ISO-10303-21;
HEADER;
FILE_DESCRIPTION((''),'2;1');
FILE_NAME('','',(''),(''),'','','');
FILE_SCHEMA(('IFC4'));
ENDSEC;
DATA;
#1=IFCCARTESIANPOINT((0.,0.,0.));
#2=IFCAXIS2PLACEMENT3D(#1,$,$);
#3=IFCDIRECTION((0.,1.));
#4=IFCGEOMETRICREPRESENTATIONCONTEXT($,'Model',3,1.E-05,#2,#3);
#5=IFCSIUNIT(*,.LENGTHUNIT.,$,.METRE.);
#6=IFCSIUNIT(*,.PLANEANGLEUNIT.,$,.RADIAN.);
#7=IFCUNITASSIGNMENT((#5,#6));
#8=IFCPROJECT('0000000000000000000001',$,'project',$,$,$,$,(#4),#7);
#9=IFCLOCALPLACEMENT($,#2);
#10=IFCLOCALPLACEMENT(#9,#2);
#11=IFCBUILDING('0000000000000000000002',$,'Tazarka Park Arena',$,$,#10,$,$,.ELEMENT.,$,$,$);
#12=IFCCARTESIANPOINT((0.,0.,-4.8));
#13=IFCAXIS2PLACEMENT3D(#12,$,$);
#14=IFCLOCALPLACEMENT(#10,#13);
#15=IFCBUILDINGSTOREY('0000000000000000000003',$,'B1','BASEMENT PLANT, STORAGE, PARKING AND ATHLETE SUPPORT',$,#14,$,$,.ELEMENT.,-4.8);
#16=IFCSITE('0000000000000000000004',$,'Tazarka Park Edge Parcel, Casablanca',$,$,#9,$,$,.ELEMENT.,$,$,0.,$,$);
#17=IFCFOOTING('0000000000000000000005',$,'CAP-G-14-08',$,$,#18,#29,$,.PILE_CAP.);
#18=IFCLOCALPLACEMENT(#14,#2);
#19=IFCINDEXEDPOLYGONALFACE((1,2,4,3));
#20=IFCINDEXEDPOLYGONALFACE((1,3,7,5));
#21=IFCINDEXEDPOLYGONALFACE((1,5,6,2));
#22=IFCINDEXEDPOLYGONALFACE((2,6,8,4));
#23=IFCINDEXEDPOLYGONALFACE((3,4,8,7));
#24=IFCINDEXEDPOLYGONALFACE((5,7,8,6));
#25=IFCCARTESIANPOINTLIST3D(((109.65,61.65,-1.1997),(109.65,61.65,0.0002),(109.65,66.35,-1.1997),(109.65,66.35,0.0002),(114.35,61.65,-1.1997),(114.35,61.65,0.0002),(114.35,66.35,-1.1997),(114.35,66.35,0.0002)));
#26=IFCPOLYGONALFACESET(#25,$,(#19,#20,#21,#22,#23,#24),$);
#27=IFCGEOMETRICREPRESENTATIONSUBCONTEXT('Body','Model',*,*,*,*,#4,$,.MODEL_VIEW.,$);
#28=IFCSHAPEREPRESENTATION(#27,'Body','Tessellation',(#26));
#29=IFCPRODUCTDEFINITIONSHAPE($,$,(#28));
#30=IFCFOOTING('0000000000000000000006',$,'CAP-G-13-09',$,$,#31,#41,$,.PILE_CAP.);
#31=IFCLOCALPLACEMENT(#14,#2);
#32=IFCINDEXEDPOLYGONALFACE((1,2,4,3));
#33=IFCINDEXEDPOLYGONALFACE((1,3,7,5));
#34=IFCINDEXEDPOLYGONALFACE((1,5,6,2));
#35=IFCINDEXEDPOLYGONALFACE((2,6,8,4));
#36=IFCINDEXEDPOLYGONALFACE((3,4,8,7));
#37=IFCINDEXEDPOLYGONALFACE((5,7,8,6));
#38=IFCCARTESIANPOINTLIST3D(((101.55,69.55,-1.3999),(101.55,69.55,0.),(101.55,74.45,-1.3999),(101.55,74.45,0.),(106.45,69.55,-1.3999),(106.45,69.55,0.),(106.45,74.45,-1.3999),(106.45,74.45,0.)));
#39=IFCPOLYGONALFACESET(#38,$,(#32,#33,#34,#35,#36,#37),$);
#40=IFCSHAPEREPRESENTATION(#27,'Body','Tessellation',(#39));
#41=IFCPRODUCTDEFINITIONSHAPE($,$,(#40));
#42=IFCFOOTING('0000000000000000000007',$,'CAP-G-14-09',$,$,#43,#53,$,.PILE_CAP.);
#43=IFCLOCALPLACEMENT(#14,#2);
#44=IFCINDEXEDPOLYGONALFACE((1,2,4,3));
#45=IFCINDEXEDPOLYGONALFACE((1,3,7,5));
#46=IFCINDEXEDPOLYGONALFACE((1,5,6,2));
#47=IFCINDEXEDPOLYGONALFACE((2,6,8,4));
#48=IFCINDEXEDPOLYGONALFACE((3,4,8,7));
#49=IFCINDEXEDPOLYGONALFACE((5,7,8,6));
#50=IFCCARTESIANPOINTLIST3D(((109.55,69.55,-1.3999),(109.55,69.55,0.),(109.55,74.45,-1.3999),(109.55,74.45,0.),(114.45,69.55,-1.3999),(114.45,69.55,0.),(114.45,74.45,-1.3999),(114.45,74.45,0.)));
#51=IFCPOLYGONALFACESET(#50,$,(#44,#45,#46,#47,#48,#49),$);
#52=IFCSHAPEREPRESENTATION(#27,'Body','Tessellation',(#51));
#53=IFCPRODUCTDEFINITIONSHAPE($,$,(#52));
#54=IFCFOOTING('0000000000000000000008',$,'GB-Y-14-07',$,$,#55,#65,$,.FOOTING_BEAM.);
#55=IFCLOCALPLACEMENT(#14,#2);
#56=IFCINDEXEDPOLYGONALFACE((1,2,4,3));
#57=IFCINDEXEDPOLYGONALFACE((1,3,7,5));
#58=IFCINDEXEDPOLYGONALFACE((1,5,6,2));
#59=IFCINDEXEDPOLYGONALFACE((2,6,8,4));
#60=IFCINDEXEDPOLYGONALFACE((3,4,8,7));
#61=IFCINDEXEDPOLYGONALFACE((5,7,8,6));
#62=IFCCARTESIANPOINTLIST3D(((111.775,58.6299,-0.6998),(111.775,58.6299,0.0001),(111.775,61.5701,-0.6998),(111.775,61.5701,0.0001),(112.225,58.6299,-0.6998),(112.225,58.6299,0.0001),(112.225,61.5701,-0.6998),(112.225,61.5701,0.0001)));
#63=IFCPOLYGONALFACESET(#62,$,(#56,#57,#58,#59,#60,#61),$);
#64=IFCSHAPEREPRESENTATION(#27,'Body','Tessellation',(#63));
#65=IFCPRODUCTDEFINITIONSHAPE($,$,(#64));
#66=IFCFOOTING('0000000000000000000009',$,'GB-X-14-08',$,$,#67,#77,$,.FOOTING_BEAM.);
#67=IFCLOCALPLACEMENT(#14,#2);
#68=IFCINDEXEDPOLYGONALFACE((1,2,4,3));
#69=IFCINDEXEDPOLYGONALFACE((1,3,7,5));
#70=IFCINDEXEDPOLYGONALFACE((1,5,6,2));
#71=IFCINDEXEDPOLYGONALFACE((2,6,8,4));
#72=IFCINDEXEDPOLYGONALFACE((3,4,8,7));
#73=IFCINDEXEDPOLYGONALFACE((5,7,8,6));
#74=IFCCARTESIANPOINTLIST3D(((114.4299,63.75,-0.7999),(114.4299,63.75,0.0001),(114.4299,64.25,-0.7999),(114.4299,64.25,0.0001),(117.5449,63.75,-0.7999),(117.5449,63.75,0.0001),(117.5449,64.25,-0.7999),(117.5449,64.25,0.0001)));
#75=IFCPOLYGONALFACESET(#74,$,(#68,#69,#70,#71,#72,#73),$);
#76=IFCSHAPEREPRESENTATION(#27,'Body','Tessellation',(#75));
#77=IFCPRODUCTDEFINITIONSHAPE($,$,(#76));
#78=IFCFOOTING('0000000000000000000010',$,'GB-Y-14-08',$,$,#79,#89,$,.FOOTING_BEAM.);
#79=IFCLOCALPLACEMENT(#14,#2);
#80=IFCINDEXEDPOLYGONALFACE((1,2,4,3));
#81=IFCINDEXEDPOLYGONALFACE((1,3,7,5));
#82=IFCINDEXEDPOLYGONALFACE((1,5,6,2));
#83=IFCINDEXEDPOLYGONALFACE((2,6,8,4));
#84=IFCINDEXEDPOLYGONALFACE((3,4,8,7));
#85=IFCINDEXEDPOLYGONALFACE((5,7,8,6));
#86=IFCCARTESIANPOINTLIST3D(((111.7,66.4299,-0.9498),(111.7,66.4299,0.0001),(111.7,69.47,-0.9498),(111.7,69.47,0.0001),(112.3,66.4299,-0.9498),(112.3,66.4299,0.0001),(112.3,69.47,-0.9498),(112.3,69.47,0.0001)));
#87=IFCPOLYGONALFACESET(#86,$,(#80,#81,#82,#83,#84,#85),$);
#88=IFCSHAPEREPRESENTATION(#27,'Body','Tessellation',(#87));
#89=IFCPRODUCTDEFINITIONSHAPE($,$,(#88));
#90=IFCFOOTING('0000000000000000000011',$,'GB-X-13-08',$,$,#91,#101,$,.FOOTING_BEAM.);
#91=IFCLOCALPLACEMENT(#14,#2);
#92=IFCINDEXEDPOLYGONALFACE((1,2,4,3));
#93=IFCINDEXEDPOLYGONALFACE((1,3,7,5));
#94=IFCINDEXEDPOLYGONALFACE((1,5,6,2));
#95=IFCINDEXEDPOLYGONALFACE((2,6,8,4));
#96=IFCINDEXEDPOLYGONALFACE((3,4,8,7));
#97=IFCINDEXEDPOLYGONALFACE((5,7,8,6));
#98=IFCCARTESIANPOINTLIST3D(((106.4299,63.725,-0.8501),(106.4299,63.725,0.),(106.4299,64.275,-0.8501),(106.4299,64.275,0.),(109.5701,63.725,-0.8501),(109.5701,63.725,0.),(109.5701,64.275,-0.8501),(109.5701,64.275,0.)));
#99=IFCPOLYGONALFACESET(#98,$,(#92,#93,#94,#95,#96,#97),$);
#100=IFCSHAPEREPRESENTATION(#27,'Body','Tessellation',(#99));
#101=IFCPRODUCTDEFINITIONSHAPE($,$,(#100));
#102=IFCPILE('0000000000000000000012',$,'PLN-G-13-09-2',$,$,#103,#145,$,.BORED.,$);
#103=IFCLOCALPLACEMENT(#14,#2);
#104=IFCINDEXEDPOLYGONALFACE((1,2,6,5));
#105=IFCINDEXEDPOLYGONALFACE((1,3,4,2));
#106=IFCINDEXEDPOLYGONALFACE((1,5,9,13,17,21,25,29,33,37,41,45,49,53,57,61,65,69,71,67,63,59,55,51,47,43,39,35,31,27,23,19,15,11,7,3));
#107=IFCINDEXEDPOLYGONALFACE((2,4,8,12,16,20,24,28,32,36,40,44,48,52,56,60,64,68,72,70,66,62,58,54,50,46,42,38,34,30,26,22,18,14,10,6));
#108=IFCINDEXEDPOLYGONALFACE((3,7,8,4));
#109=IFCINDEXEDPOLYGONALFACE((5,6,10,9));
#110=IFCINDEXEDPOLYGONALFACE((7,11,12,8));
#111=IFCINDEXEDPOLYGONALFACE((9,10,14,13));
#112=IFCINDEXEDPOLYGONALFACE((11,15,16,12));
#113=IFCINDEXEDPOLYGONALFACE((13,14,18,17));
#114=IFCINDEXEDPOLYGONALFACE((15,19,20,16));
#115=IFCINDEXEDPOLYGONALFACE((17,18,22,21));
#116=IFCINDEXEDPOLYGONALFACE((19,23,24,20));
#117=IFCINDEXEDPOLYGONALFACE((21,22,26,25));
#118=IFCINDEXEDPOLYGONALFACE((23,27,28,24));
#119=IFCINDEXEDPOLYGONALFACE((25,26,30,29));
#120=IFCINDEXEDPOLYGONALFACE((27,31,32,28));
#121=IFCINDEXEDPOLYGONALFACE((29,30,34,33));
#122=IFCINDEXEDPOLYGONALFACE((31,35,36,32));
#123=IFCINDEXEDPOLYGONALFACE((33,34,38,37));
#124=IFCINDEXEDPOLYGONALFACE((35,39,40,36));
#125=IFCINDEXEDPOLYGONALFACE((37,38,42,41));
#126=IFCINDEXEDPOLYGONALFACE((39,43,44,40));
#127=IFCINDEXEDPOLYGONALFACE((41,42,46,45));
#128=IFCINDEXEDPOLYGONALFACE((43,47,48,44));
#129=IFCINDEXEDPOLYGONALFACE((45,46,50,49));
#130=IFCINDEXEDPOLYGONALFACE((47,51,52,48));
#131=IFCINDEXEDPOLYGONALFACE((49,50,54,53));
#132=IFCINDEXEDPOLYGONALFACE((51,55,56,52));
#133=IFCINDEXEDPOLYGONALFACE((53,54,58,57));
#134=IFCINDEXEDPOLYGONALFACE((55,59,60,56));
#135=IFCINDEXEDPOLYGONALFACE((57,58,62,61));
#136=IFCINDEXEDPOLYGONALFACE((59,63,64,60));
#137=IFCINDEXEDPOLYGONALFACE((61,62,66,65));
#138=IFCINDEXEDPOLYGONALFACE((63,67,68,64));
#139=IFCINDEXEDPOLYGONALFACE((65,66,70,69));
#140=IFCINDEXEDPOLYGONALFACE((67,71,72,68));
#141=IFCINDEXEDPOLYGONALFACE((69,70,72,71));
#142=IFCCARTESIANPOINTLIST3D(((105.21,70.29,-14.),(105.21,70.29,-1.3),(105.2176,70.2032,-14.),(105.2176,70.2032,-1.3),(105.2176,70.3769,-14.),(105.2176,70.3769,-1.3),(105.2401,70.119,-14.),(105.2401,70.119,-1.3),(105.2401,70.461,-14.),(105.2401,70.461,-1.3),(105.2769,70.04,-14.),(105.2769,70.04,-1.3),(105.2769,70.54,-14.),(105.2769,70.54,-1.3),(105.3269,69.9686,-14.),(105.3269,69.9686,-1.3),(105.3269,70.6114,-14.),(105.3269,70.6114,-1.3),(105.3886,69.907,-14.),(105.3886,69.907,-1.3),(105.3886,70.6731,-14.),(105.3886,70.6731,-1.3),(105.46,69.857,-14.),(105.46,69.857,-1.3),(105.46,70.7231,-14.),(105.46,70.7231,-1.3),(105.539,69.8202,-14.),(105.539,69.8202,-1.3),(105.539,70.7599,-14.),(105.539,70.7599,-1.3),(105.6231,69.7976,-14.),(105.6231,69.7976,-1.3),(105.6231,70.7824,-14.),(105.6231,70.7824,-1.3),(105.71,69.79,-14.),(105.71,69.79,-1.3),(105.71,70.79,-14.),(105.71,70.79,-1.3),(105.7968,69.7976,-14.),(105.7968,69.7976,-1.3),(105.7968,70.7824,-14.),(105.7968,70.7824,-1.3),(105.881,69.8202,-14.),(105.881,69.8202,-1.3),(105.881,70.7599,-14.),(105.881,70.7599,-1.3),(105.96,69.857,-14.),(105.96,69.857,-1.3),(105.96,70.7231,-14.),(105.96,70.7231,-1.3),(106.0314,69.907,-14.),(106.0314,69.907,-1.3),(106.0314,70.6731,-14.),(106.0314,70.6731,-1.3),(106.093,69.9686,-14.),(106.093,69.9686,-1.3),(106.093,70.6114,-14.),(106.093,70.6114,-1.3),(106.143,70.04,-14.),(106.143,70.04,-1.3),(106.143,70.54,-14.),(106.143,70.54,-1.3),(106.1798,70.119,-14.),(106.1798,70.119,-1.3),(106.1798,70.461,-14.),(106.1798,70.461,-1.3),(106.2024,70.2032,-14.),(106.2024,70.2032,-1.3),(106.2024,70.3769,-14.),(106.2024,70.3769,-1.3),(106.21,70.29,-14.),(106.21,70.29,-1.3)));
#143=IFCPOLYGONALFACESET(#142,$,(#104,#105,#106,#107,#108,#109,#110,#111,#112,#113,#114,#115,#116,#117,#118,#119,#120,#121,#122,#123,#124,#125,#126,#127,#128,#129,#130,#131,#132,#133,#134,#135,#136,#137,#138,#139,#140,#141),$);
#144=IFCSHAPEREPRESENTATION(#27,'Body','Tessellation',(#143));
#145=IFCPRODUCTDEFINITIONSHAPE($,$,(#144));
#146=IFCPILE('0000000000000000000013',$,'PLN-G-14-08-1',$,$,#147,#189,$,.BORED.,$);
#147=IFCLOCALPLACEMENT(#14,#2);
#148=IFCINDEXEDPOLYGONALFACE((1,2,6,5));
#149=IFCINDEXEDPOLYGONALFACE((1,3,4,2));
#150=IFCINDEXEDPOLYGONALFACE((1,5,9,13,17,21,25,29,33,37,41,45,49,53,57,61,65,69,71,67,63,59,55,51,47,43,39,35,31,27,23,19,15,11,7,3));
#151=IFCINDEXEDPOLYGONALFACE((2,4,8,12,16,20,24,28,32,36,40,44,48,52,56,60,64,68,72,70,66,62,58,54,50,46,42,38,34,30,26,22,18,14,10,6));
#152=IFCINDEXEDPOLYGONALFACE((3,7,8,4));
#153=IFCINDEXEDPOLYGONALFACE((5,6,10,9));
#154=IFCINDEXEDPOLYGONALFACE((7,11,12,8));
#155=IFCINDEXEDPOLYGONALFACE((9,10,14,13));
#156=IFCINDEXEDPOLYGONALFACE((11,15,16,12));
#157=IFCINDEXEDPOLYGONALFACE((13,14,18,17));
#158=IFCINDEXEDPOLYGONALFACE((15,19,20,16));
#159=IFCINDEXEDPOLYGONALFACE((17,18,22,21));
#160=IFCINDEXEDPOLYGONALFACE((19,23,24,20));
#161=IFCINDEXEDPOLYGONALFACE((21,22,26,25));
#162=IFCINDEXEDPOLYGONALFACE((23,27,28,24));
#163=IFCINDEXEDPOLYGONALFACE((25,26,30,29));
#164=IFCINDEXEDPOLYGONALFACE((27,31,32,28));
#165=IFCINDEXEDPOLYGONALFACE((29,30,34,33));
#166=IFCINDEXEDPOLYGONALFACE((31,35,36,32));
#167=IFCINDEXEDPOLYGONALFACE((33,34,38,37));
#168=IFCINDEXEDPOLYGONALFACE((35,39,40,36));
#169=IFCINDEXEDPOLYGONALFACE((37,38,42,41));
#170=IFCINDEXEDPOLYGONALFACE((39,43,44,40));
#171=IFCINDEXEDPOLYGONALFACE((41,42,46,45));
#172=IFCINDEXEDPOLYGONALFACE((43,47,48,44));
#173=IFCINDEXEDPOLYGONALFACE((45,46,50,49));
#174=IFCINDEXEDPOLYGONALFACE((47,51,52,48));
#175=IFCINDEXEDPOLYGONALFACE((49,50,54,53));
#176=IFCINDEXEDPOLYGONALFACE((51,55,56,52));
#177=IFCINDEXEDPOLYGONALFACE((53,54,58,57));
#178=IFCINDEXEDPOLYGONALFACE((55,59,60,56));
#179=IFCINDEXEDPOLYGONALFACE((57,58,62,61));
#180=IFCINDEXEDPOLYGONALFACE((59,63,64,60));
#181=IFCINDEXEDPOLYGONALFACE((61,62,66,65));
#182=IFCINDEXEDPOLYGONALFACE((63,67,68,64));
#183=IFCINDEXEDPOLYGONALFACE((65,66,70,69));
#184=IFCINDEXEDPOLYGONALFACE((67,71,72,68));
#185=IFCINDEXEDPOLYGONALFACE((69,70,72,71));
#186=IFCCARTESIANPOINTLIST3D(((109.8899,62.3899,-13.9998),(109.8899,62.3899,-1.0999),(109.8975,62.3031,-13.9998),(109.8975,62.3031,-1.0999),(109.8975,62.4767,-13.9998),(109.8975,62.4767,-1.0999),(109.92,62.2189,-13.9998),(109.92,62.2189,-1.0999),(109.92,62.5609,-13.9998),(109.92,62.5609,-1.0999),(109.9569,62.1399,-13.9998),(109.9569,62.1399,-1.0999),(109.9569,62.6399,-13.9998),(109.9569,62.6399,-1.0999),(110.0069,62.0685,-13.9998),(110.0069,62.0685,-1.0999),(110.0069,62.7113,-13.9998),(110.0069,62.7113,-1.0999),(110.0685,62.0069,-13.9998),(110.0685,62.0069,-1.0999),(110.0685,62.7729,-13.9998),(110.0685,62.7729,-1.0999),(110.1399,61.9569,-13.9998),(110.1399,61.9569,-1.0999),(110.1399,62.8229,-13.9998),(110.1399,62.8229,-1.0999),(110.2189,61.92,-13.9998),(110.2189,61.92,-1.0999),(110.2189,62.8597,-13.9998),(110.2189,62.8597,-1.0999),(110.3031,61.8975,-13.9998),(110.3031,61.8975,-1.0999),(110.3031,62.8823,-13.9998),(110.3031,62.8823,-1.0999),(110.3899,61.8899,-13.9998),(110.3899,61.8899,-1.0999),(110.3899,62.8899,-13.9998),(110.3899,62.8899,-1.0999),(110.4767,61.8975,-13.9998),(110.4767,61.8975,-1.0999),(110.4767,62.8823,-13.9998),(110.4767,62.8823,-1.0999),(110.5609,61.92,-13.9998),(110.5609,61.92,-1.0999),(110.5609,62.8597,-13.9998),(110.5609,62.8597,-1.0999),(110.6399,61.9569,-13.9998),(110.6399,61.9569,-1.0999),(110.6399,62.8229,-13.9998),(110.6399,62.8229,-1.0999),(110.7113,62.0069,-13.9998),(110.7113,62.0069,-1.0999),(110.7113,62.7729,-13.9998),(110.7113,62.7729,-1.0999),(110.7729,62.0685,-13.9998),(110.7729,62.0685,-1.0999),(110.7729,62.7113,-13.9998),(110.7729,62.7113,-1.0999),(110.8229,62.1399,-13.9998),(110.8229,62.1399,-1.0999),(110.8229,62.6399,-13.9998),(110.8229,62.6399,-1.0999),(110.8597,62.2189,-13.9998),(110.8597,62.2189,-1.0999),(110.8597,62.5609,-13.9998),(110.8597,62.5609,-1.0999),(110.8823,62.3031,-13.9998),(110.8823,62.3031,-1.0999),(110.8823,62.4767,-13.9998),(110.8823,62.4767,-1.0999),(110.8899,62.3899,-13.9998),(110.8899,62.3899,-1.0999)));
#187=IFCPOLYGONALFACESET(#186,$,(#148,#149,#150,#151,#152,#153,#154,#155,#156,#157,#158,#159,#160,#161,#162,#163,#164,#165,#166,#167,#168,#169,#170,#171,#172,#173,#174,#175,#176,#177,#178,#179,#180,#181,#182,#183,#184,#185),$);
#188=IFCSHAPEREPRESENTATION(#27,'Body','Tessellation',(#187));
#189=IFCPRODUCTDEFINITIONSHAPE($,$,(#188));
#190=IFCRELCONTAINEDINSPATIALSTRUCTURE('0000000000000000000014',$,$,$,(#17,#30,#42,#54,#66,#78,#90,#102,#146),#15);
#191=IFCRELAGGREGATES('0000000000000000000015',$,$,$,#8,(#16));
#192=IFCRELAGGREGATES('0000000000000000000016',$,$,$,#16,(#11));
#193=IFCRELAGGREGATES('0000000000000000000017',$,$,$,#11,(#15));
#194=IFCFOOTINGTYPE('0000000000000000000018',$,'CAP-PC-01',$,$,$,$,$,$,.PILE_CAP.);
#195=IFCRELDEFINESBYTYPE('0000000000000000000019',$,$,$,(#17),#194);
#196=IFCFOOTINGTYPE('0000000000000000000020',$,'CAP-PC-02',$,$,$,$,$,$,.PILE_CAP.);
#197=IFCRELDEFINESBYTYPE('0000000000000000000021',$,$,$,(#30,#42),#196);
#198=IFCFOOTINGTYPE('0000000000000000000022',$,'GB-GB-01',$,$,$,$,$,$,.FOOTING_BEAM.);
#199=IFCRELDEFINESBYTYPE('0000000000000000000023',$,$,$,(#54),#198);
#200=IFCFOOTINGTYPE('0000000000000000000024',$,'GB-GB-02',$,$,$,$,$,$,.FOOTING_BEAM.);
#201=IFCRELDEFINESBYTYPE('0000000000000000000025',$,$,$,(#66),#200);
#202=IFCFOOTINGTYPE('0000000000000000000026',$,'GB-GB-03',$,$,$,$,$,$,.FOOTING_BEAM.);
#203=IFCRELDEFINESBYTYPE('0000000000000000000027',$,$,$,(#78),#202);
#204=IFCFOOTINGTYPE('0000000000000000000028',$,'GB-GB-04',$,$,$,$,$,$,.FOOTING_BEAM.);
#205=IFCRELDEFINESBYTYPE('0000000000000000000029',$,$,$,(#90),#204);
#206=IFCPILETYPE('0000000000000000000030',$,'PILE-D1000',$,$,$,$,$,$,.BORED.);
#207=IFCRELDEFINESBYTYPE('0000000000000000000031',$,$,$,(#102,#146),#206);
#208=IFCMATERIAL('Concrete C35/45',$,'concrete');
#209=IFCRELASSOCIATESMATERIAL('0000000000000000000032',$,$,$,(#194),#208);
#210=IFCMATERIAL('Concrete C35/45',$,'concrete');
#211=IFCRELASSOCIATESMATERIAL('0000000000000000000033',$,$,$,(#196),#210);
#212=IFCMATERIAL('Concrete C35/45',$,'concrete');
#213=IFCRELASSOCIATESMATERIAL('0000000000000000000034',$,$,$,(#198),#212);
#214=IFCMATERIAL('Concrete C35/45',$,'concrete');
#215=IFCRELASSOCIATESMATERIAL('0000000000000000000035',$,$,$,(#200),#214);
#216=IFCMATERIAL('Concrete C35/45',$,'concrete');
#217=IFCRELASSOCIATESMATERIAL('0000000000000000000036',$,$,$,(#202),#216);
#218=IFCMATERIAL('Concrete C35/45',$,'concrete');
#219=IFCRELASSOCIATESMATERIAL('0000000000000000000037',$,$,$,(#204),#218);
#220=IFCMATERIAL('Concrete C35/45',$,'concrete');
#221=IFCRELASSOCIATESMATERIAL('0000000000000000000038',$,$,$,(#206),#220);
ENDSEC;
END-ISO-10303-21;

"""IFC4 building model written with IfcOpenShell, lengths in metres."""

from ifc_helpers import new_model, si_unit, direction, frame, origin, origin_2d, place, context, subcontext, project, spatial, rectangle, circle, extrude, material, material_profile, profile_set, type_object, element, save


model = new_model("IFC4")

# Units and contexts
model_context = context("Model", 3, precision=1e-05, world=origin(), true_north=direction((0.0, 1.0)))
body_context = subcontext(model_context, "Body", "Model", "MODEL_VIEW")
ifc_project = project(units=[si_unit("LENGTHUNIT", "METRE"), si_unit("PLANEANGLEUNIT", "RADIAN")], contexts=[model_context])

# Site, building, storey
site_placement = place(None, origin())
site = spatial("IfcSite", under=ifc_project, at=site_placement, Name="Tazarka Park Edge Parcel, Casablanca", CompositionType="ELEMENT", RefElevation=0.0)
building_placement = place(site_placement, origin())
building = spatial("IfcBuilding", under=site, at=building_placement, Name="Tazarka Park Arena", CompositionType="ELEMENT")
storey_placement = place(building_placement, frame((0.0, 0.0, -4.8)))
storey = spatial("IfcBuildingStorey", under=building, at=storey_placement, Name="B1", Description="BASEMENT PLANT, STORAGE, PARKING AND ATHLETE SUPPORT", CompositionType="ELEMENT", Elevation=-4.8)

# Footings
ifc_material_1 = material(Name="Concrete C35/45", Category="concrete")
footing_type_1 = type_object("IfcFootingType", Name="CAP-PC-01", PredefinedType="PILE_CAP", material=ifc_material_1)
footing_1_placement = place(storey_placement, frame((112.0, 64.0, -1.1997), z_axis=(0.0, 0.0, 1.0), x_axis=(1.0, 0.0, 0.0)))
element("IfcFooting", 1, at=footing_1_placement, inside=storey, type_object=footing_type_1, Name="CAP-G-14-08", PredefinedType="PILE_CAP", context=body_context, shape_type="SweptSolid", body=[
    extrude(rectangle(XDim=4.7, YDim=4.7, at=origin_2d()), origin(), (0.0, 0.0, 1.0), 1.2),
])
ifc_material_2 = material(Name="Concrete C35/45", Category="concrete")
footing_type_2 = type_object("IfcFootingType", Name="CAP-PC-02", PredefinedType="PILE_CAP", material=ifc_material_2)
for number, where, z_axis, x_axis, name in (
    (2, (104.0, 72.0, -1.3999), (0.0, 0.0, 1.0), (1.0, 0.0, 0.0), "CAP-G-13-09"),
    (3, (112.0, 72.0, -1.3999), (0.0, 0.0, 1.0), (1.0, 0.0, 0.0), "CAP-G-14-09"),
):
    element("IfcFooting", number, at=place(storey_placement, frame(where, z_axis=z_axis, x_axis=x_axis)), inside=storey, type_object=footing_type_2, Name=name, PredefinedType="PILE_CAP", context=body_context, shape_type="SweptSolid", body=[
        extrude(rectangle(XDim=4.8999, YDim=4.8999, at=origin_2d()), origin(), (0.0, 0.0, 1.0), 1.3999),
    ])
ifc_material_3 = material(Name="Concrete C35/45", Category="concrete")
ifc_material_profile_1 = material_profile(ifc_material_3, rectangle(XDim=0.45, YDim=0.7, at=origin_2d()), Name="Concrete C35/45")
ifc_profile_set_1 = profile_set([ifc_material_profile_1], Name="Concrete C35/45")
footing_type_3 = type_object("IfcFootingType", Name="GB-GB-01", PredefinedType="FOOTING_BEAM", material=ifc_profile_set_1)
footing_2_placement = place(storey_placement, frame((112.0, 58.6299, -0.3499), z_axis=(0.0, 1.0, 0.0), x_axis=(-1.0, 0.0, 0.0)))
element("IfcFooting", 4, at=footing_2_placement, inside=storey, type_object=footing_type_3, Name="GB-Y-14-07", PredefinedType="FOOTING_BEAM", context=body_context, shape_type="SweptSolid", body=[
    extrude(rectangle(XDim=0.45, YDim=0.7, at=origin_2d()), origin(), (0.0, 0.0, 1.0), 2.9402),
])
ifc_material_4 = material(Name="Concrete C35/45", Category="concrete")
ifc_material_profile_2 = material_profile(ifc_material_4, rectangle(XDim=0.5, YDim=0.8, at=origin_2d()), Name="Concrete C35/45")
ifc_profile_set_2 = profile_set([ifc_material_profile_2], Name="Concrete C35/45")
footing_type_4 = type_object("IfcFootingType", Name="GB-GB-02", PredefinedType="FOOTING_BEAM", material=ifc_profile_set_2)
footing_3_placement = place(storey_placement, frame((114.4299, 64.0, -0.3999), z_axis=(1.0, 0.0, 0.0), x_axis=(0.0, 1.0, 0.0)))
element("IfcFooting", 5, at=footing_3_placement, inside=storey, type_object=footing_type_4, Name="GB-X-14-08", PredefinedType="FOOTING_BEAM", context=body_context, shape_type="SweptSolid", body=[
    extrude(rectangle(XDim=0.5, YDim=0.8, at=origin_2d()), origin(), (0.0, 0.0, 1.0), 3.115),
])
ifc_material_5 = material(Name="Concrete C35/45", Category="concrete")
ifc_material_profile_3 = material_profile(ifc_material_5, rectangle(XDim=0.6001, YDim=0.95, at=origin_2d()), Name="Concrete C35/45")
ifc_profile_set_3 = profile_set([ifc_material_profile_3], Name="Concrete C35/45")
footing_type_5 = type_object("IfcFootingType", Name="GB-GB-03", PredefinedType="FOOTING_BEAM", material=ifc_profile_set_3)
footing_4_placement = place(storey_placement, frame((112.0, 66.4299, -0.4749), z_axis=(0.0, 1.0, 0.0), x_axis=(-1.0, 0.0, 0.0)))
element("IfcFooting", 6, at=footing_4_placement, inside=storey, type_object=footing_type_5, Name="GB-Y-14-08", PredefinedType="FOOTING_BEAM", context=body_context, shape_type="SweptSolid", body=[
    extrude(rectangle(XDim=0.6001, YDim=0.95, at=origin_2d()), origin(), (0.0, 0.0, 1.0), 3.04),
])
ifc_material_6 = material(Name="Concrete C35/45", Category="concrete")
ifc_material_profile_4 = material_profile(ifc_material_6, rectangle(XDim=0.55, YDim=0.8501, at=origin_2d()), Name="Concrete C35/45")
ifc_profile_set_4 = profile_set([ifc_material_profile_4], Name="Concrete C35/45")
footing_type_6 = type_object("IfcFootingType", Name="GB-GB-04", PredefinedType="FOOTING_BEAM", material=ifc_profile_set_4)
footing_5_placement = place(storey_placement, frame((106.4299, 64.0, -0.425), z_axis=(1.0, 0.0, 0.0), x_axis=(0.0, 1.0, 0.0)))
element("IfcFooting", 7, at=footing_5_placement, inside=storey, type_object=footing_type_6, Name="GB-X-13-08", PredefinedType="FOOTING_BEAM", context=body_context, shape_type="SweptSolid", body=[
    extrude(rectangle(XDim=0.55, YDim=0.8501, at=origin_2d()), origin(), (0.0, 0.0, 1.0), 3.1401),
])

# Piles
ifc_material_7 = material(Name="Concrete C35/45", Category="concrete")
ifc_material_profile_5 = material_profile(ifc_material_7, circle(Radius=0.5, at=origin_2d()), Name="Concrete C35/45")
ifc_profile_set_5 = profile_set([ifc_material_profile_5], Name="Concrete C35/45")
pile_type_1 = type_object("IfcPileType", Name="PILE-D1000", PredefinedType="BORED", material=ifc_profile_set_5)
pile_1_placement = place(storey_placement, frame((105.71, 70.29, -1.3), z_axis=(0.0, 0.0, -1.0), x_axis=(1.0, 0.0, 0.0)))
element("IfcPile", 8, at=pile_1_placement, inside=storey, type_object=pile_type_1, Name="PLN-G-13-09-2", PredefinedType="BORED", context=body_context, shape_type="SweptSolid", body=[
    extrude(circle(Radius=0.5, at=origin_2d()), origin(), (0.0, 0.0, 1.0), 12.7),
])
for number, where, z_axis, x_axis, name in (
    (9, (110.3899, 62.3899, -1.0999), (0.0, 0.0, -1.0), (1.0, 0.0, 0.0), "PLN-G-14-08-1"),
):
    element("IfcPile", number, at=place(storey_placement, frame(where, z_axis=z_axis, x_axis=x_axis)), inside=storey, type_object=pile_type_1, Name=name, PredefinedType="BORED", context=body_context, shape_type="SweptSolid", body=[
        extrude(circle(Radius=0.5, at=origin_2d()), origin(), (0.0, 0.0, 1.0), 12.8999),
    ])

save(model, "model.ifc")
